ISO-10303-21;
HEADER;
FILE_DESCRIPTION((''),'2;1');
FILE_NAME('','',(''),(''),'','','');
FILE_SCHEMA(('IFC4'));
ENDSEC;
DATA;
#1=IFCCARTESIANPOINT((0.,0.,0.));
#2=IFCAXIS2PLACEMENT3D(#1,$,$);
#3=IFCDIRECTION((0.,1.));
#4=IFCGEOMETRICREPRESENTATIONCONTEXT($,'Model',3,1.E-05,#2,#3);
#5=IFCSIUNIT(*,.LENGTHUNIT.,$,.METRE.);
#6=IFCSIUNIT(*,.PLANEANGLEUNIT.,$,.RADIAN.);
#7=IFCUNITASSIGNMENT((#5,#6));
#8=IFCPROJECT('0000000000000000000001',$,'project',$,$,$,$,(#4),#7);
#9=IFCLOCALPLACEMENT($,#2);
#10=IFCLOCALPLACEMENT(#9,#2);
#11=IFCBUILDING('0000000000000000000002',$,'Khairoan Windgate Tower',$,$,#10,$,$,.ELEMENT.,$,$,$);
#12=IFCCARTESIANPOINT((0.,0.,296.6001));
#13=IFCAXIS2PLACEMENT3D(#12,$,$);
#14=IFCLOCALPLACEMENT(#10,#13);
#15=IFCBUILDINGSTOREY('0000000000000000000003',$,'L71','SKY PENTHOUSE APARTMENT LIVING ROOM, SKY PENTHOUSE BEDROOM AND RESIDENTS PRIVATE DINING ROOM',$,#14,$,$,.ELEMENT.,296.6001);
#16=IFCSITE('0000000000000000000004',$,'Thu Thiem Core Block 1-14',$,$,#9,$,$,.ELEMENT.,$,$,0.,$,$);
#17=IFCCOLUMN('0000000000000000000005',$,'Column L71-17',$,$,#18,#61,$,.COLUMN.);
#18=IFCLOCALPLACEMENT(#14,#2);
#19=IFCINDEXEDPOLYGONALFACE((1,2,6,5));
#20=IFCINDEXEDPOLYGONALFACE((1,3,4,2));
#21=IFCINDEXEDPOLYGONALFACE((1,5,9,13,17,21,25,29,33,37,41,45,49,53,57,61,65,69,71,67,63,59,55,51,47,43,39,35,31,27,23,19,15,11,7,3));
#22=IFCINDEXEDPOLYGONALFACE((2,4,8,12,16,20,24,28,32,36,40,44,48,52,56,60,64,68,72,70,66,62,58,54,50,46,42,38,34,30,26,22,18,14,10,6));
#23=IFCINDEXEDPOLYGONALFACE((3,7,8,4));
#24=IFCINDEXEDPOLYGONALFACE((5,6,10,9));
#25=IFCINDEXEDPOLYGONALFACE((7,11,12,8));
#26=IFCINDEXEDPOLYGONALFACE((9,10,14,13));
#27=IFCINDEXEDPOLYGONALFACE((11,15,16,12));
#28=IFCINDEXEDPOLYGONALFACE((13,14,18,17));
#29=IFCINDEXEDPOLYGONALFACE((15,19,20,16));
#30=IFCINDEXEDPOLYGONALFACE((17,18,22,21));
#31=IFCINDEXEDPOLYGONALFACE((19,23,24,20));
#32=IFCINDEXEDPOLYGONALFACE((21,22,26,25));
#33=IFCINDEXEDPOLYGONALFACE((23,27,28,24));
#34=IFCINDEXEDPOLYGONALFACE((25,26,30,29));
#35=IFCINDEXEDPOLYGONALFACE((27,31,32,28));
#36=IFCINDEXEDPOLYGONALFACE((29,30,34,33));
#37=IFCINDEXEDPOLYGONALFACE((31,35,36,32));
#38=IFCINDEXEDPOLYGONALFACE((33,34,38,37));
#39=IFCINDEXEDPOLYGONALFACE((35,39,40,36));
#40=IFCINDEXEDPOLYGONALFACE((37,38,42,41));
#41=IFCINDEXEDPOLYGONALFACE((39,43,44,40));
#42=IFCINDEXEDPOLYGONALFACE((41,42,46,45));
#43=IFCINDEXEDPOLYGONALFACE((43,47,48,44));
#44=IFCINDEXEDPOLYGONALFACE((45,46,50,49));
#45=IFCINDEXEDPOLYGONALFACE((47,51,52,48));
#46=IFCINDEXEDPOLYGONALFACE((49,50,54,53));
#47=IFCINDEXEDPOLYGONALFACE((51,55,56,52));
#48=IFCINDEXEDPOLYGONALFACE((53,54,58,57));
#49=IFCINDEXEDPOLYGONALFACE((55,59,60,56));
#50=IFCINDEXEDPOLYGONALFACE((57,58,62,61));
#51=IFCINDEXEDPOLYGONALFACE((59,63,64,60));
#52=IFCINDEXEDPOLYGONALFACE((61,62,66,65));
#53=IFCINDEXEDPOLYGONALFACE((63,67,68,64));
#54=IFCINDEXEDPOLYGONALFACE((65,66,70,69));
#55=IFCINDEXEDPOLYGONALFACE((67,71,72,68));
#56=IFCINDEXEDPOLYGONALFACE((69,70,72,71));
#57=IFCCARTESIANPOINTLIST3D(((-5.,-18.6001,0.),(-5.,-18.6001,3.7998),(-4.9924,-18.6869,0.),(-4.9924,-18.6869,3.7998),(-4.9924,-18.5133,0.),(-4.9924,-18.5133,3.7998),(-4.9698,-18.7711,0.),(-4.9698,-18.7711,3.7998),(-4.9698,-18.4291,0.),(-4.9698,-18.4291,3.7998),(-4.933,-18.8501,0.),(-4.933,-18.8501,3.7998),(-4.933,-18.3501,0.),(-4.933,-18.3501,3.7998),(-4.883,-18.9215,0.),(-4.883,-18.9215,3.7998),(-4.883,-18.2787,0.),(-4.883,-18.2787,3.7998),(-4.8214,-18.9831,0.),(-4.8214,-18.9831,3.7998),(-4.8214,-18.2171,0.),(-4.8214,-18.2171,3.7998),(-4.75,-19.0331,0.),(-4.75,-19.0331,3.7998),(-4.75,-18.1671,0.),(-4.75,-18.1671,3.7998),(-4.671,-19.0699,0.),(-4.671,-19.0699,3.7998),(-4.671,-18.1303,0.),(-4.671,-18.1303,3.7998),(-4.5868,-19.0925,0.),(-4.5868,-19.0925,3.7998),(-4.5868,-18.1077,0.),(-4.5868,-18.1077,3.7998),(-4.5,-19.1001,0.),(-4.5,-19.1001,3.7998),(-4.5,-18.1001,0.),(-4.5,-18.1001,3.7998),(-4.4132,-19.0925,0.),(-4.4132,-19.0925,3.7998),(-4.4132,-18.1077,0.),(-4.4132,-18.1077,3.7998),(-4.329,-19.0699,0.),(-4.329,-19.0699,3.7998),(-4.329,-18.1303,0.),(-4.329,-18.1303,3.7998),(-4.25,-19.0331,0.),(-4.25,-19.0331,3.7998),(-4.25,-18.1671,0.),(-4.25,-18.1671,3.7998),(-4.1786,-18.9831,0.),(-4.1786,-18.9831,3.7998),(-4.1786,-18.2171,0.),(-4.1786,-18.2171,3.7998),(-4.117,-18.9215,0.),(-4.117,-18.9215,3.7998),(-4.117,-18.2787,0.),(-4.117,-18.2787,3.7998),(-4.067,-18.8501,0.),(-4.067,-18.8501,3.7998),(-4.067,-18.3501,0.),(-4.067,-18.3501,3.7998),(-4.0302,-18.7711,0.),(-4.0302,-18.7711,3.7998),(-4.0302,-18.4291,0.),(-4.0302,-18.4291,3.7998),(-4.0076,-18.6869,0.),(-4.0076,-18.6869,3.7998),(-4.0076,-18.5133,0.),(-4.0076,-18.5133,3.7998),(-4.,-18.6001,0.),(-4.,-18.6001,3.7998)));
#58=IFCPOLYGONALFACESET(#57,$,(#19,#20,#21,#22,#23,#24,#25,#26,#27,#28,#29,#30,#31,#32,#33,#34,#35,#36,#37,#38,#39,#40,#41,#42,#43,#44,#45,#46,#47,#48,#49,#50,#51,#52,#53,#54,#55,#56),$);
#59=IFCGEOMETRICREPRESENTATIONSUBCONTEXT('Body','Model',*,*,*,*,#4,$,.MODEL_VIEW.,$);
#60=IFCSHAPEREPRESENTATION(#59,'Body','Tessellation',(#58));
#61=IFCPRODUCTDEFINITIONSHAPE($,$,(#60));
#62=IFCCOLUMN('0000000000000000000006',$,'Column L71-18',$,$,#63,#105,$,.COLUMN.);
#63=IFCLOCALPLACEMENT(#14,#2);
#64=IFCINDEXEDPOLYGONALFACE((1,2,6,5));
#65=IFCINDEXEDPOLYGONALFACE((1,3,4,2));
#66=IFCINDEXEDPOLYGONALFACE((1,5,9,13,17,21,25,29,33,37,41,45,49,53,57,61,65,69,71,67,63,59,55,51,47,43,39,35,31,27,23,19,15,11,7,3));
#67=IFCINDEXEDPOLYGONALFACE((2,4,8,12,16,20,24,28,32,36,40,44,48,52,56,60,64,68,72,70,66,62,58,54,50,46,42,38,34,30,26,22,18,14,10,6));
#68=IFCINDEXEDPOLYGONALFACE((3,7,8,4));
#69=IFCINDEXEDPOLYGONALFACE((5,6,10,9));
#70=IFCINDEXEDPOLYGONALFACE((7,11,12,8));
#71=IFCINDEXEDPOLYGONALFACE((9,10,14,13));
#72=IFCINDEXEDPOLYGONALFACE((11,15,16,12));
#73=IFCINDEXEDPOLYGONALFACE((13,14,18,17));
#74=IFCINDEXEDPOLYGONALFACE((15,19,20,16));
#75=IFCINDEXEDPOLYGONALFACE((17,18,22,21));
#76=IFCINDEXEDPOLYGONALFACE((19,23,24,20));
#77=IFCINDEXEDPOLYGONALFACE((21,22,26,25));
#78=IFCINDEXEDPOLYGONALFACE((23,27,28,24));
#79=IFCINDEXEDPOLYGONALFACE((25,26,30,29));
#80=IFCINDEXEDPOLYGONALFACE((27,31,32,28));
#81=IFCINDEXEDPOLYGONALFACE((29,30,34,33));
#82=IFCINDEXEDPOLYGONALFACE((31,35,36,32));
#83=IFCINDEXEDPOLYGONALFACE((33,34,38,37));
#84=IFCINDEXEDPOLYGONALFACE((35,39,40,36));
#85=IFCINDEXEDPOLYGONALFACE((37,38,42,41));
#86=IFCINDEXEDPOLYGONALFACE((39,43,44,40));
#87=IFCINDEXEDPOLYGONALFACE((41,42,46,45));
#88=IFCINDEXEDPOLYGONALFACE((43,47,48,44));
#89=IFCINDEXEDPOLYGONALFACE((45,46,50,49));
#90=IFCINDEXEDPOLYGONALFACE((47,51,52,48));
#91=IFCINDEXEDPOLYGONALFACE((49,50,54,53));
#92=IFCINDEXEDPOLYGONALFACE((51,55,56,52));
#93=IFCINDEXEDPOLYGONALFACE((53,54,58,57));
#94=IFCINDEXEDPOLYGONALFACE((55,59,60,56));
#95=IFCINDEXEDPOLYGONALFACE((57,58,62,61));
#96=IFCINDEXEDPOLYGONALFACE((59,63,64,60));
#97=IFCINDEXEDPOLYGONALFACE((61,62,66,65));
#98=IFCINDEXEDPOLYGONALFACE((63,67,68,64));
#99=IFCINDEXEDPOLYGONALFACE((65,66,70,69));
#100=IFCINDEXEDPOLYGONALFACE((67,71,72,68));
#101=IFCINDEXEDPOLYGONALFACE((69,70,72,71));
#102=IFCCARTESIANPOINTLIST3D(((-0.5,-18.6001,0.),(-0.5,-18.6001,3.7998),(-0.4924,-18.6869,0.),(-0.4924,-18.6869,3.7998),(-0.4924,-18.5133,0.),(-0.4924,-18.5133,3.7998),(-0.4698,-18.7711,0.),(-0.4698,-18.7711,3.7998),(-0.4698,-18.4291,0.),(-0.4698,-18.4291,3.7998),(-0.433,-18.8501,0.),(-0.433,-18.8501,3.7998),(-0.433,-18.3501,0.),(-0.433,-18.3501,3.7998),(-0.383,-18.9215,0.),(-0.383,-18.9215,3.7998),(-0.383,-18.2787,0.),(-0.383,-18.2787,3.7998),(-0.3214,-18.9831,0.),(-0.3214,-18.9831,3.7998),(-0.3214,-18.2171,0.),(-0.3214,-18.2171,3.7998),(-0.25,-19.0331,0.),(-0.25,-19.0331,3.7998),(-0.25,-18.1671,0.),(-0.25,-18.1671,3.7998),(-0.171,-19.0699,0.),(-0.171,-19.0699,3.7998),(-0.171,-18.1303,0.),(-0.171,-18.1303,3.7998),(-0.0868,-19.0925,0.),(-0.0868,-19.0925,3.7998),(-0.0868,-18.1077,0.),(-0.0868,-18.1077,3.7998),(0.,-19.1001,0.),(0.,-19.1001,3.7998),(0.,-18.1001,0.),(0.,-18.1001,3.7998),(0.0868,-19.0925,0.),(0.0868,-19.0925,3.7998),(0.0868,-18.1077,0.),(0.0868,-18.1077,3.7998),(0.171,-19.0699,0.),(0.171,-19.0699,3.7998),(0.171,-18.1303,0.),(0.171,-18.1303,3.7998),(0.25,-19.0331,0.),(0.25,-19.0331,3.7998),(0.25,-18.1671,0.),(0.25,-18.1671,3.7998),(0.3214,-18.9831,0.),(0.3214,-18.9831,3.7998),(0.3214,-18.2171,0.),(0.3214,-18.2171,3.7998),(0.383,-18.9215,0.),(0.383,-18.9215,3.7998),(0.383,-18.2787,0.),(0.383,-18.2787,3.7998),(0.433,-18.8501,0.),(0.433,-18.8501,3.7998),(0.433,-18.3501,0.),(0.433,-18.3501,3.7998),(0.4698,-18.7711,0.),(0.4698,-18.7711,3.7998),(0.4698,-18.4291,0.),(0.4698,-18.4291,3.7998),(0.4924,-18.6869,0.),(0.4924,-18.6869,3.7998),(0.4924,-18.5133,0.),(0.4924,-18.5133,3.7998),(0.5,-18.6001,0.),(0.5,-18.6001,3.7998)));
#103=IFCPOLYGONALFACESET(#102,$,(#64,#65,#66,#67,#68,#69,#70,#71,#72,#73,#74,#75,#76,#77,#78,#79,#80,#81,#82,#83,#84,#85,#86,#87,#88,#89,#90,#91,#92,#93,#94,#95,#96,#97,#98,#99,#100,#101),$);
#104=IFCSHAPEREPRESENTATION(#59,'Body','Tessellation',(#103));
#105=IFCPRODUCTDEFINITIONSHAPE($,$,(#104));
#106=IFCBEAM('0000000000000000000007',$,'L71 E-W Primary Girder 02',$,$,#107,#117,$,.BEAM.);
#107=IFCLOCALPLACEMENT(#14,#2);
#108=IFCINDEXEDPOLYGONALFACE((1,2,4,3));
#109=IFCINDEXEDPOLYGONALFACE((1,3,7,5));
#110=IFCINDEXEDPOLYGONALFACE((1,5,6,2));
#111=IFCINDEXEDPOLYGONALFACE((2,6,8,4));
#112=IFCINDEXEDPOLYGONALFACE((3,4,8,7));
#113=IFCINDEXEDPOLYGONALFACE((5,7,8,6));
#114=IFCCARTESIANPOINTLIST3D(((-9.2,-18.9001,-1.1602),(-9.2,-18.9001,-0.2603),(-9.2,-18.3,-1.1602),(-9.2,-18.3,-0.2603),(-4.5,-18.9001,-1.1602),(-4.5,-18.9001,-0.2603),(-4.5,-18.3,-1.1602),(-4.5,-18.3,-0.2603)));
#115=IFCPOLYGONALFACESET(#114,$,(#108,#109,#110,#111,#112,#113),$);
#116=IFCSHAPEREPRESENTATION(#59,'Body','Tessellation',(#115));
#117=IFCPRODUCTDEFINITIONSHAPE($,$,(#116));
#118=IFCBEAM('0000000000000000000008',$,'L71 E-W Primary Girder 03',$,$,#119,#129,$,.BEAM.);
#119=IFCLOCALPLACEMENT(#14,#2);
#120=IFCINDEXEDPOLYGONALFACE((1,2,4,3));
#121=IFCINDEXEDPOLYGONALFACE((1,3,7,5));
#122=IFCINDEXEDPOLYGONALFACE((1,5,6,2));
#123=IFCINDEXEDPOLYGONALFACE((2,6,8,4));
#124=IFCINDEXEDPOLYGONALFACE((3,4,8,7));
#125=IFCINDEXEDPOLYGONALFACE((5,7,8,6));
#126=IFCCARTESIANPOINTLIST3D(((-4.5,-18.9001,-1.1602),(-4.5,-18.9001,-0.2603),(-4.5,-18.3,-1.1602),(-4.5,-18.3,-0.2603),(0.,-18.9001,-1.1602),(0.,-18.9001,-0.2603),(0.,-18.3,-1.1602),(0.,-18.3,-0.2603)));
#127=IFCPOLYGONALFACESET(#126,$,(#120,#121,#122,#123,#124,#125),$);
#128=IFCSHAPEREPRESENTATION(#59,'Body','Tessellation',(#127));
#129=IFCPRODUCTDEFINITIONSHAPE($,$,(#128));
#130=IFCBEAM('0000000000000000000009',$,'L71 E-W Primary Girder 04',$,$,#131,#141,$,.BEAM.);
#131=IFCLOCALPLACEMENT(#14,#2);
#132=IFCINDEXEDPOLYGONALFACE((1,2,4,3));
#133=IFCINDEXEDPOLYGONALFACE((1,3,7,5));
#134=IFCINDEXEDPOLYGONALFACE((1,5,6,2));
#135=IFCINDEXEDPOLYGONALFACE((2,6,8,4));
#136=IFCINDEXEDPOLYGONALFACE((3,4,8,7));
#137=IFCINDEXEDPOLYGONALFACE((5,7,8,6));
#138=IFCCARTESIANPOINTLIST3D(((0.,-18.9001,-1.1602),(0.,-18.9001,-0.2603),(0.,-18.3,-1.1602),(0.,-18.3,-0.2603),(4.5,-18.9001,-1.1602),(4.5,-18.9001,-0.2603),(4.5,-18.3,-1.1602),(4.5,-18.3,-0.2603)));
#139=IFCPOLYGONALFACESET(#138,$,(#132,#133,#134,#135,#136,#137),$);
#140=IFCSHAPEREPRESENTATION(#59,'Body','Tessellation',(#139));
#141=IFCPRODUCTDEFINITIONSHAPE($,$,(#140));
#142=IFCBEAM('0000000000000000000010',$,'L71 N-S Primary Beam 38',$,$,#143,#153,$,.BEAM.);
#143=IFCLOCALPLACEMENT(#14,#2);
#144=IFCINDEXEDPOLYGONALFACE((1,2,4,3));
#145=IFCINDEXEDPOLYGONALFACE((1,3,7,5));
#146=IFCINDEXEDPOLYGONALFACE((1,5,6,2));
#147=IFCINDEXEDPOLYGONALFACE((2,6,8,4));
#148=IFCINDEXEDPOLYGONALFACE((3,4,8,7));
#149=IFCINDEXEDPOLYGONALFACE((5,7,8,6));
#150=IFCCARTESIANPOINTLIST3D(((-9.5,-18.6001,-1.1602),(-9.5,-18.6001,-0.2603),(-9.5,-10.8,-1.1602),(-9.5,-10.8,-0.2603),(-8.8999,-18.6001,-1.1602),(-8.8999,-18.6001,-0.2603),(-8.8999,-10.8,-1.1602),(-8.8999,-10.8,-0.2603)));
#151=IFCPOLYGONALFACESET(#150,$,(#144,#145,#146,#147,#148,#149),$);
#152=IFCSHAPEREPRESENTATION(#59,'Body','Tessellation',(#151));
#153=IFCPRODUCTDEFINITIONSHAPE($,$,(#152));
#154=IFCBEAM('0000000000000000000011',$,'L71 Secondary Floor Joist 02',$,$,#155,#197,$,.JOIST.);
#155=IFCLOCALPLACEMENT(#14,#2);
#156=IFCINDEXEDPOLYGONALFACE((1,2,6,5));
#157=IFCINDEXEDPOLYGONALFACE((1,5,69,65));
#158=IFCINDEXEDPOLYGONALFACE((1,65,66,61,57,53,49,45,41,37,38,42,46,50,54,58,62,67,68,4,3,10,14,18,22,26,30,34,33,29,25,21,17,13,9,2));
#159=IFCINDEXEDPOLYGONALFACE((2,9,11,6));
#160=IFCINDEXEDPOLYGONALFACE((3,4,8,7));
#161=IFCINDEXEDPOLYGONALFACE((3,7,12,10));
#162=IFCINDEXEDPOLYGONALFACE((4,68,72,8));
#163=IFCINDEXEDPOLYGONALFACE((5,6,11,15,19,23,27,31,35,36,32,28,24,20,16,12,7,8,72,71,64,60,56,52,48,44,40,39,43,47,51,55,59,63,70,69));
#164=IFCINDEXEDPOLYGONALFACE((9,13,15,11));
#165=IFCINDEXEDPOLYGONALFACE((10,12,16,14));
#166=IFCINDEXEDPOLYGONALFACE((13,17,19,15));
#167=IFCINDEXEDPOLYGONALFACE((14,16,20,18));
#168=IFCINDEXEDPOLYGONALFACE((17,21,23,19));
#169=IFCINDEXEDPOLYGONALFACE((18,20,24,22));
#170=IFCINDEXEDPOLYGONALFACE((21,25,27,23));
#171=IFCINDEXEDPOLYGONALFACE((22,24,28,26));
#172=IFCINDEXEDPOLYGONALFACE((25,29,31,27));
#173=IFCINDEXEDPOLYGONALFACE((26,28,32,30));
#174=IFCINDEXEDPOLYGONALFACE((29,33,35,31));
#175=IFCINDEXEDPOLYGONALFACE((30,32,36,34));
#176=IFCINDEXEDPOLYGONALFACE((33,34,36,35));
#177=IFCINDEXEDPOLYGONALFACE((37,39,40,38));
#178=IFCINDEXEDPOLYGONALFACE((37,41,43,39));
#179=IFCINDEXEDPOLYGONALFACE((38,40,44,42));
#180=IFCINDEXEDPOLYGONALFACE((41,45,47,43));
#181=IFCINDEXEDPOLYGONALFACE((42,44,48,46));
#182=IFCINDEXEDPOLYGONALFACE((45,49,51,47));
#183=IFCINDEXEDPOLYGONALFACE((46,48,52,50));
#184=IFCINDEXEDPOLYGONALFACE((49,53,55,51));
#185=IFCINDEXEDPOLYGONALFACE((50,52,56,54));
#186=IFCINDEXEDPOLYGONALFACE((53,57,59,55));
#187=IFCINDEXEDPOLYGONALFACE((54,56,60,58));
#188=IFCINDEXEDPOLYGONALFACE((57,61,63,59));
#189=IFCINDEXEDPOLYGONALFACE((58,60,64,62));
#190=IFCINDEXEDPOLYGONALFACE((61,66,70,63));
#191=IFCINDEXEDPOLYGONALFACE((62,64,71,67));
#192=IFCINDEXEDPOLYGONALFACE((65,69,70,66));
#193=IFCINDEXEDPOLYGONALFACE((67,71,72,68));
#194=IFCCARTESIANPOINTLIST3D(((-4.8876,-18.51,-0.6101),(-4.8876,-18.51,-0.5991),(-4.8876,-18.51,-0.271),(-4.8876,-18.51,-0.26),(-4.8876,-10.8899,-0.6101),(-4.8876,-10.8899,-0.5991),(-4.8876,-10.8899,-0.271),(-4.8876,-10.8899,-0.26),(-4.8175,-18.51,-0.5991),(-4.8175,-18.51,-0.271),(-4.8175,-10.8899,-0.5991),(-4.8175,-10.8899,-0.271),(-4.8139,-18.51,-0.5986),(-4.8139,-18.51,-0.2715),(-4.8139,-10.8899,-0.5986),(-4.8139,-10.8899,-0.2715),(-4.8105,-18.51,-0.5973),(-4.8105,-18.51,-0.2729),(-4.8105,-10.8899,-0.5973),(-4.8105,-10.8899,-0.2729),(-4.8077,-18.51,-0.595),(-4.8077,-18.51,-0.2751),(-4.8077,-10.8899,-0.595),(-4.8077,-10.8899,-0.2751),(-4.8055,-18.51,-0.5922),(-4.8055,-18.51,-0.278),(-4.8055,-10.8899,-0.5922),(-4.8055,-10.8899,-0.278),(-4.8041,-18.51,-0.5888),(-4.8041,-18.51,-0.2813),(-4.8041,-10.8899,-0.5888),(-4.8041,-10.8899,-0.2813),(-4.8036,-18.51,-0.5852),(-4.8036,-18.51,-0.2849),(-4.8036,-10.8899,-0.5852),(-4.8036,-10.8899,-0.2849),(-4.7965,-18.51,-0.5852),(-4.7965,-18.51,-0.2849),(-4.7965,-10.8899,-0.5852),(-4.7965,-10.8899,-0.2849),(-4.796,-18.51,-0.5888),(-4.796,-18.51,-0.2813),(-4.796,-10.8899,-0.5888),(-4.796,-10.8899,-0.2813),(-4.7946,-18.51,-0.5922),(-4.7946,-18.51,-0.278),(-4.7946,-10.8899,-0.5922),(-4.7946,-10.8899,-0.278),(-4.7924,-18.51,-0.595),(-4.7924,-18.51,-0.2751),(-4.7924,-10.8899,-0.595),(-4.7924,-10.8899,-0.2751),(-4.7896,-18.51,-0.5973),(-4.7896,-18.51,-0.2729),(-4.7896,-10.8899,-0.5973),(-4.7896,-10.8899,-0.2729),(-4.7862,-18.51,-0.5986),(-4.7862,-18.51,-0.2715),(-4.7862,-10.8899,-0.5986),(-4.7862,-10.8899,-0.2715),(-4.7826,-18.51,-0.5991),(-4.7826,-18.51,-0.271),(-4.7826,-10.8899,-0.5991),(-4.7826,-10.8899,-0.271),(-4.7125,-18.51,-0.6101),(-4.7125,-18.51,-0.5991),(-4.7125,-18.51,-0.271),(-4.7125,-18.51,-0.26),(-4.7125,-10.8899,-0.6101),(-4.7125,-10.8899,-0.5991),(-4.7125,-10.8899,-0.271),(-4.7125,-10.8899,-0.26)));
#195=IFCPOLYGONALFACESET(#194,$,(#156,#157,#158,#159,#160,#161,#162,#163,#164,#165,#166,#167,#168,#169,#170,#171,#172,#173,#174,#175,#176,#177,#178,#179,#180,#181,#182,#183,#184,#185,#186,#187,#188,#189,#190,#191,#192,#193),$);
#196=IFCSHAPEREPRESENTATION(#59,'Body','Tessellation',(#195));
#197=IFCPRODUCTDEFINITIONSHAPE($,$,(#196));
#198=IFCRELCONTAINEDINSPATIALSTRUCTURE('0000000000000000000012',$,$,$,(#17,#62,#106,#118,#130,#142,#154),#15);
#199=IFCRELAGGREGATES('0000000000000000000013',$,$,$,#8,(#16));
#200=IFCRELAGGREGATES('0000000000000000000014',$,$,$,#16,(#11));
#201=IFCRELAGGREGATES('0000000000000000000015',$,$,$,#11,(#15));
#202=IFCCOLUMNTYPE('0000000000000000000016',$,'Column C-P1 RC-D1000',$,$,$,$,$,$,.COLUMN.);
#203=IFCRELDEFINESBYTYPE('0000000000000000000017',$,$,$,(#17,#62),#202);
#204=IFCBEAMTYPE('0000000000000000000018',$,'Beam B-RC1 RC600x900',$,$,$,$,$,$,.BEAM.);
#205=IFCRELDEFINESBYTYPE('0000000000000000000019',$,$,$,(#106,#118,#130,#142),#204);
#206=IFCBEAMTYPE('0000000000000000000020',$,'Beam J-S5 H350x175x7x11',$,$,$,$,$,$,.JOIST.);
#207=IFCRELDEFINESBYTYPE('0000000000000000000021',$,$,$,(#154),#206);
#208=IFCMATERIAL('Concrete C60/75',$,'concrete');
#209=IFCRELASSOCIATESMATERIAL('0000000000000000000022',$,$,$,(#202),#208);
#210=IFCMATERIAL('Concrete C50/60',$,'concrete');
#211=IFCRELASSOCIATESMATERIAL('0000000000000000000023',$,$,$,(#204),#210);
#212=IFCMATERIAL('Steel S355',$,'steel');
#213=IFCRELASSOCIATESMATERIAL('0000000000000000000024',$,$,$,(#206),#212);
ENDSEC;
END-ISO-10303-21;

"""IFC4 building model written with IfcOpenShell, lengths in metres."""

from ifc_helpers import new_model, si_unit, direction, frame, origin, origin_2d, place, context, subcontext, project, spatial, rectangle, circle, i_section, extrude, material, material_profile, profile_set, type_object, element, save


model = new_model("IFC4")

# Units and contexts
model_context = context("Model", 3, precision=1e-05, world=origin(), true_north=direction((0.0, 1.0)))
body_context = subcontext(model_context, "Body", "Model", "MODEL_VIEW")
ifc_project = project(units=[si_unit("LENGTHUNIT", "METRE"), si_unit("PLANEANGLEUNIT", "RADIAN")], contexts=[model_context])

# Site, building, storey
site_placement = place(None, origin())
site = spatial("IfcSite", under=ifc_project, at=site_placement, Name="Thu Thiem Core Block 1-14", CompositionType="ELEMENT", RefElevation=0.0)
building_placement = place(site_placement, origin())
building = spatial("IfcBuilding", under=site, at=building_placement, Name="Khairoan Windgate Tower", CompositionType="ELEMENT")
storey_placement = place(building_placement, frame((0.0, 0.0, 296.6001)))
storey = spatial("IfcBuildingStorey", under=building, at=storey_placement, Name="L71", Description="SKY PENTHOUSE APARTMENT LIVING ROOM, SKY PENTHOUSE BEDROOM AND RESIDENTS PRIVATE DINING ROOM", CompositionType="ELEMENT", Elevation=296.6001)

# Columns
ifc_material_1 = material(Name="Concrete C60/75", Category="concrete")
ifc_material_profile_1 = material_profile(ifc_material_1, circle(Radius=0.5, at=origin_2d()))
ifc_profile_set_1 = profile_set([ifc_material_profile_1], Name="Concrete C60/75")
column_type = type_object("IfcColumnType", Name="Column C-P1 RC-D1000", PredefinedType="COLUMN", material=ifc_profile_set_1)
for number, where, z_axis, x_axis, name in (
    (1, (-4.5, -18.6001, 0.0), (0.0, 0.0, 1.0), (1.0, 0.0, 0.0), "Column L71-17"),
    (2, (0.0, -18.6001, 0.0), (0.0, 0.0, 1.0), (1.0, 0.0, 0.0), "Column L71-18"),
):
    element("IfcColumn", number, at=place(storey_placement, frame(where, z_axis=z_axis, x_axis=x_axis)), inside=storey, type_object=column_type, Name=name, PredefinedType="COLUMN", context=body_context, shape_type="SweptSolid", body=[
        extrude(circle(Radius=0.5, at=origin_2d()), origin(), (0.0, 0.0, 1.0), 3.7998),
    ])

# Beams
ifc_material_2 = material(Name="Concrete C50/60", Category="concrete")
ifc_material_profile_2 = material_profile(ifc_material_2, rectangle(XDim=0.6001, YDim=0.8999, at=origin_2d()))
ifc_profile_set_2 = profile_set([ifc_material_profile_2], Name="Concrete C50/60")
beam_type_1 = type_object("IfcBeamType", Name="Beam B-RC1 RC600x900", PredefinedType="BEAM", material=ifc_profile_set_2)
beam_1_placement = place(storey_placement, frame((-9.2, -18.6001, -0.7102), z_axis=(1.0, 0.0, 0.0), x_axis=(0.0, 1.0, 0.0)))
element("IfcBeam", 3, at=beam_1_placement, inside=storey, type_object=beam_type_1, Name="L71 E-W Primary Girder 02", PredefinedType="BEAM", context=body_context, shape_type="SweptSolid", body=[
    extrude(rectangle(XDim=0.6001, YDim=0.8999, at=origin_2d()), origin(), (0.0, 0.0, 1.0), 4.7),
])
for number, where, z_axis, x_axis, name in (
    (4, (-4.5, -18.6001, -0.7102), (1.0, 0.0, 0.0), (0.0, 1.0, 0.0), "L71 E-W Primary Girder 03"),
    (5, (0.0, -18.6001, -0.7102), (1.0, 0.0, 0.0), (0.0, 1.0, 0.0), "L71 E-W Primary Girder 04"),
):
    element("IfcBeam", number, at=place(storey_placement, frame(where, z_axis=z_axis, x_axis=x_axis)), inside=storey, type_object=beam_type_1, Name=name, PredefinedType="BEAM", context=body_context, shape_type="SweptSolid", body=[
        extrude(rectangle(XDim=0.6001, YDim=0.8999, at=origin_2d()), origin(), (0.0, 0.0, 1.0), 4.5),
    ])
beam_2_placement = place(storey_placement, frame((-9.2, -18.6001, -0.7102), z_axis=(0.0, 1.0, 0.0), x_axis=(-1.0, 0.0, 0.0)))
element("IfcBeam", 6, at=beam_2_placement, inside=storey, type_object=beam_type_1, Name="L71 N-S Primary Beam 38", PredefinedType="BEAM", context=body_context, shape_type="SweptSolid", body=[
    extrude(rectangle(XDim=0.6001, YDim=0.8999, at=origin_2d()), origin(), (0.0, 0.0, 1.0), 7.8),
])
ifc_material_3 = material(Name="Steel S355", Category="steel")
ifc_material_profile_3 = material_profile(ifc_material_3, i_section(OverallWidth=0.175, OverallDepth=0.3501, WebThickness=0.0071, FlangeThickness=0.011, FilletRadius=0.0139, at=origin_2d()))
ifc_profile_set_3 = profile_set([ifc_material_profile_3], Name="Steel S355")
beam_type_2 = type_object("IfcBeamType", Name="Beam J-S5 H350x175x7x11", PredefinedType="JOIST", material=ifc_profile_set_3)
beam_3_placement = place(storey_placement, frame((-4.8, -18.51, -0.4351), z_axis=(0.0, 1.0, 0.0), x_axis=(-1.0, 0.0, 0.0)))
element("IfcBeam", 7, at=beam_3_placement, inside=storey, type_object=beam_type_2, Name="L71 Secondary Floor Joist 02", PredefinedType="JOIST", context=body_context, shape_type="SweptSolid", body=[
    extrude(i_section(OverallWidth=0.175, OverallDepth=0.3501, WebThickness=0.0071, FlangeThickness=0.011, FilletRadius=0.0139, at=origin_2d()), origin(), (0.0, 0.0, 1.0), 7.6201),
])

save(model, "model.ifc")
